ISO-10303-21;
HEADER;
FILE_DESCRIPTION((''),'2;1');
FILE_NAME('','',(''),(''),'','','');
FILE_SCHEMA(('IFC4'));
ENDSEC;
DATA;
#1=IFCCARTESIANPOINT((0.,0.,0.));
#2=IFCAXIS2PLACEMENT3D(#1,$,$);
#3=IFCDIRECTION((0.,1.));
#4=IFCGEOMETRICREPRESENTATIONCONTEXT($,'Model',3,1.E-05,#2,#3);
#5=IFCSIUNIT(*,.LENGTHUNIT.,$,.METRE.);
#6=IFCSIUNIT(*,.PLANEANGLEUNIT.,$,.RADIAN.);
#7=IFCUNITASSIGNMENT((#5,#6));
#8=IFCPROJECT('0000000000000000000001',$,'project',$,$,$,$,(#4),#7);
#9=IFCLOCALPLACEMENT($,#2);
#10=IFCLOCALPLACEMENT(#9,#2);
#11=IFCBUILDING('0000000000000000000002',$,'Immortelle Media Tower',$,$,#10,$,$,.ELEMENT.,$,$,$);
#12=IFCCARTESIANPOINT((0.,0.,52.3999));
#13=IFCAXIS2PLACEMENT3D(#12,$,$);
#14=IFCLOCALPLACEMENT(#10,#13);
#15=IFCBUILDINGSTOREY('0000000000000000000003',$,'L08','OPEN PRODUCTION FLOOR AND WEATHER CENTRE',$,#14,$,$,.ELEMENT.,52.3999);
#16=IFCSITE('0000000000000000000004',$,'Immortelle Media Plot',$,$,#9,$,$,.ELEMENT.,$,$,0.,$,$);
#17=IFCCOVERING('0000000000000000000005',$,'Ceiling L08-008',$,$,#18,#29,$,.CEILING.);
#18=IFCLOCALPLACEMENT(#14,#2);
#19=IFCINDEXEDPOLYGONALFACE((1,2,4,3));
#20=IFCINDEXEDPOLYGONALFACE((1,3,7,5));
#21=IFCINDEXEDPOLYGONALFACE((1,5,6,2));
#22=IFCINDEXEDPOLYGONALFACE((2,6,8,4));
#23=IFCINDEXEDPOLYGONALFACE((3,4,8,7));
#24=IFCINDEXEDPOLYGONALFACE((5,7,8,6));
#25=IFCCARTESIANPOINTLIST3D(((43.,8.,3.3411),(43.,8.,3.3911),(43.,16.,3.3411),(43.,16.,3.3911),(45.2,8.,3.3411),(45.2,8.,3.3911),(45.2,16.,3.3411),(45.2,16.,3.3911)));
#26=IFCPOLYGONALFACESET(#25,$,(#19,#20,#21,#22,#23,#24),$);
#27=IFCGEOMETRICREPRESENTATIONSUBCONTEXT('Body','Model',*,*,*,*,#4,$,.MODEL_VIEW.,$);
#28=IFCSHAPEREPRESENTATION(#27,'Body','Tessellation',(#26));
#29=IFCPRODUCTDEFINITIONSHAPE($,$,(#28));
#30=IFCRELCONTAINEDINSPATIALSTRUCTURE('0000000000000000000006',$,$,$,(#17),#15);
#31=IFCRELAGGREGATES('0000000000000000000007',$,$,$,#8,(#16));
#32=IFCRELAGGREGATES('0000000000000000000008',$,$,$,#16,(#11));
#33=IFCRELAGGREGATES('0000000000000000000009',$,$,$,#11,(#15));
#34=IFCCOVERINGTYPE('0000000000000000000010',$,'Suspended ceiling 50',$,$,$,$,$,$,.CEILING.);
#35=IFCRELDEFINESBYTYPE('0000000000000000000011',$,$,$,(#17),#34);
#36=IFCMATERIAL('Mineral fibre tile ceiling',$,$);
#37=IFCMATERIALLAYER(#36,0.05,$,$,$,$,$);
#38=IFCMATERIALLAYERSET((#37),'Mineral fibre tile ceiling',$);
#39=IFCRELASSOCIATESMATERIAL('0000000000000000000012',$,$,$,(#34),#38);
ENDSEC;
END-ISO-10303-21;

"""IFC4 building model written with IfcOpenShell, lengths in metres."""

from ifc_helpers import new_model, si_unit, direction, frame, origin, place, context, subcontext, project, spatial, polyline, outline, extrude, material, layer, layer_set, type_object, element, save


model = new_model("IFC4")

# Units and contexts
model_context = context("Model", 3, precision=1e-05, world=origin(), true_north=direction((0.0, 1.0)))
body_context = subcontext(model_context, "Body", "Model", "MODEL_VIEW")
ifc_project = project(units=[si_unit("LENGTHUNIT", "METRE"), si_unit("PLANEANGLEUNIT", "RADIAN")], contexts=[model_context])

# Site, building, storey
site_placement = place(None, origin())
site = spatial("IfcSite", under=ifc_project, at=site_placement, Name="Immortelle Media Plot", CompositionType="ELEMENT", RefElevation=0.0)
building_placement = place(site_placement, origin())
building = spatial("IfcBuilding", under=site, at=building_placement, Name="Immortelle Media Tower", CompositionType="ELEMENT")
storey_placement = place(building_placement, frame((0.0, 0.0, 52.3999)))
storey = spatial("IfcBuildingStorey", under=building, at=storey_placement, Name="L08", Description="OPEN PRODUCTION FLOOR AND WEATHER CENTRE", CompositionType="ELEMENT", Elevation=52.3999)

# Covering
ifc_material_1 = material(Name="Mineral fibre tile ceiling")
ifc_layer_1 = layer(ifc_material_1, 0.05)
ifc_layer_set_1 = layer_set([ifc_layer_1], Name="Mineral fibre tile ceiling")
covering_type = type_object("IfcCoveringType", Name="Suspended ceiling 50", PredefinedType="CEILING", material=ifc_layer_set_1)
covering_1_placement = place(storey_placement, frame((0.0, 0.0, 3.3411)))
element("IfcCovering", 1, at=covering_1_placement, inside=storey, type_object=covering_type, Name="Ceiling L08-008", PredefinedType="CEILING", context=body_context, shape_type="SweptSolid", body=[
    extrude(outline(polyline([(45.2, 8.0), (43.0, 8.0), (43.0, 16.0), (45.2, 16.0), (45.2, 8.0)])), origin(), (0.0, 0.0, 1.0), 0.05),
])

save(model, "model.ifc")
